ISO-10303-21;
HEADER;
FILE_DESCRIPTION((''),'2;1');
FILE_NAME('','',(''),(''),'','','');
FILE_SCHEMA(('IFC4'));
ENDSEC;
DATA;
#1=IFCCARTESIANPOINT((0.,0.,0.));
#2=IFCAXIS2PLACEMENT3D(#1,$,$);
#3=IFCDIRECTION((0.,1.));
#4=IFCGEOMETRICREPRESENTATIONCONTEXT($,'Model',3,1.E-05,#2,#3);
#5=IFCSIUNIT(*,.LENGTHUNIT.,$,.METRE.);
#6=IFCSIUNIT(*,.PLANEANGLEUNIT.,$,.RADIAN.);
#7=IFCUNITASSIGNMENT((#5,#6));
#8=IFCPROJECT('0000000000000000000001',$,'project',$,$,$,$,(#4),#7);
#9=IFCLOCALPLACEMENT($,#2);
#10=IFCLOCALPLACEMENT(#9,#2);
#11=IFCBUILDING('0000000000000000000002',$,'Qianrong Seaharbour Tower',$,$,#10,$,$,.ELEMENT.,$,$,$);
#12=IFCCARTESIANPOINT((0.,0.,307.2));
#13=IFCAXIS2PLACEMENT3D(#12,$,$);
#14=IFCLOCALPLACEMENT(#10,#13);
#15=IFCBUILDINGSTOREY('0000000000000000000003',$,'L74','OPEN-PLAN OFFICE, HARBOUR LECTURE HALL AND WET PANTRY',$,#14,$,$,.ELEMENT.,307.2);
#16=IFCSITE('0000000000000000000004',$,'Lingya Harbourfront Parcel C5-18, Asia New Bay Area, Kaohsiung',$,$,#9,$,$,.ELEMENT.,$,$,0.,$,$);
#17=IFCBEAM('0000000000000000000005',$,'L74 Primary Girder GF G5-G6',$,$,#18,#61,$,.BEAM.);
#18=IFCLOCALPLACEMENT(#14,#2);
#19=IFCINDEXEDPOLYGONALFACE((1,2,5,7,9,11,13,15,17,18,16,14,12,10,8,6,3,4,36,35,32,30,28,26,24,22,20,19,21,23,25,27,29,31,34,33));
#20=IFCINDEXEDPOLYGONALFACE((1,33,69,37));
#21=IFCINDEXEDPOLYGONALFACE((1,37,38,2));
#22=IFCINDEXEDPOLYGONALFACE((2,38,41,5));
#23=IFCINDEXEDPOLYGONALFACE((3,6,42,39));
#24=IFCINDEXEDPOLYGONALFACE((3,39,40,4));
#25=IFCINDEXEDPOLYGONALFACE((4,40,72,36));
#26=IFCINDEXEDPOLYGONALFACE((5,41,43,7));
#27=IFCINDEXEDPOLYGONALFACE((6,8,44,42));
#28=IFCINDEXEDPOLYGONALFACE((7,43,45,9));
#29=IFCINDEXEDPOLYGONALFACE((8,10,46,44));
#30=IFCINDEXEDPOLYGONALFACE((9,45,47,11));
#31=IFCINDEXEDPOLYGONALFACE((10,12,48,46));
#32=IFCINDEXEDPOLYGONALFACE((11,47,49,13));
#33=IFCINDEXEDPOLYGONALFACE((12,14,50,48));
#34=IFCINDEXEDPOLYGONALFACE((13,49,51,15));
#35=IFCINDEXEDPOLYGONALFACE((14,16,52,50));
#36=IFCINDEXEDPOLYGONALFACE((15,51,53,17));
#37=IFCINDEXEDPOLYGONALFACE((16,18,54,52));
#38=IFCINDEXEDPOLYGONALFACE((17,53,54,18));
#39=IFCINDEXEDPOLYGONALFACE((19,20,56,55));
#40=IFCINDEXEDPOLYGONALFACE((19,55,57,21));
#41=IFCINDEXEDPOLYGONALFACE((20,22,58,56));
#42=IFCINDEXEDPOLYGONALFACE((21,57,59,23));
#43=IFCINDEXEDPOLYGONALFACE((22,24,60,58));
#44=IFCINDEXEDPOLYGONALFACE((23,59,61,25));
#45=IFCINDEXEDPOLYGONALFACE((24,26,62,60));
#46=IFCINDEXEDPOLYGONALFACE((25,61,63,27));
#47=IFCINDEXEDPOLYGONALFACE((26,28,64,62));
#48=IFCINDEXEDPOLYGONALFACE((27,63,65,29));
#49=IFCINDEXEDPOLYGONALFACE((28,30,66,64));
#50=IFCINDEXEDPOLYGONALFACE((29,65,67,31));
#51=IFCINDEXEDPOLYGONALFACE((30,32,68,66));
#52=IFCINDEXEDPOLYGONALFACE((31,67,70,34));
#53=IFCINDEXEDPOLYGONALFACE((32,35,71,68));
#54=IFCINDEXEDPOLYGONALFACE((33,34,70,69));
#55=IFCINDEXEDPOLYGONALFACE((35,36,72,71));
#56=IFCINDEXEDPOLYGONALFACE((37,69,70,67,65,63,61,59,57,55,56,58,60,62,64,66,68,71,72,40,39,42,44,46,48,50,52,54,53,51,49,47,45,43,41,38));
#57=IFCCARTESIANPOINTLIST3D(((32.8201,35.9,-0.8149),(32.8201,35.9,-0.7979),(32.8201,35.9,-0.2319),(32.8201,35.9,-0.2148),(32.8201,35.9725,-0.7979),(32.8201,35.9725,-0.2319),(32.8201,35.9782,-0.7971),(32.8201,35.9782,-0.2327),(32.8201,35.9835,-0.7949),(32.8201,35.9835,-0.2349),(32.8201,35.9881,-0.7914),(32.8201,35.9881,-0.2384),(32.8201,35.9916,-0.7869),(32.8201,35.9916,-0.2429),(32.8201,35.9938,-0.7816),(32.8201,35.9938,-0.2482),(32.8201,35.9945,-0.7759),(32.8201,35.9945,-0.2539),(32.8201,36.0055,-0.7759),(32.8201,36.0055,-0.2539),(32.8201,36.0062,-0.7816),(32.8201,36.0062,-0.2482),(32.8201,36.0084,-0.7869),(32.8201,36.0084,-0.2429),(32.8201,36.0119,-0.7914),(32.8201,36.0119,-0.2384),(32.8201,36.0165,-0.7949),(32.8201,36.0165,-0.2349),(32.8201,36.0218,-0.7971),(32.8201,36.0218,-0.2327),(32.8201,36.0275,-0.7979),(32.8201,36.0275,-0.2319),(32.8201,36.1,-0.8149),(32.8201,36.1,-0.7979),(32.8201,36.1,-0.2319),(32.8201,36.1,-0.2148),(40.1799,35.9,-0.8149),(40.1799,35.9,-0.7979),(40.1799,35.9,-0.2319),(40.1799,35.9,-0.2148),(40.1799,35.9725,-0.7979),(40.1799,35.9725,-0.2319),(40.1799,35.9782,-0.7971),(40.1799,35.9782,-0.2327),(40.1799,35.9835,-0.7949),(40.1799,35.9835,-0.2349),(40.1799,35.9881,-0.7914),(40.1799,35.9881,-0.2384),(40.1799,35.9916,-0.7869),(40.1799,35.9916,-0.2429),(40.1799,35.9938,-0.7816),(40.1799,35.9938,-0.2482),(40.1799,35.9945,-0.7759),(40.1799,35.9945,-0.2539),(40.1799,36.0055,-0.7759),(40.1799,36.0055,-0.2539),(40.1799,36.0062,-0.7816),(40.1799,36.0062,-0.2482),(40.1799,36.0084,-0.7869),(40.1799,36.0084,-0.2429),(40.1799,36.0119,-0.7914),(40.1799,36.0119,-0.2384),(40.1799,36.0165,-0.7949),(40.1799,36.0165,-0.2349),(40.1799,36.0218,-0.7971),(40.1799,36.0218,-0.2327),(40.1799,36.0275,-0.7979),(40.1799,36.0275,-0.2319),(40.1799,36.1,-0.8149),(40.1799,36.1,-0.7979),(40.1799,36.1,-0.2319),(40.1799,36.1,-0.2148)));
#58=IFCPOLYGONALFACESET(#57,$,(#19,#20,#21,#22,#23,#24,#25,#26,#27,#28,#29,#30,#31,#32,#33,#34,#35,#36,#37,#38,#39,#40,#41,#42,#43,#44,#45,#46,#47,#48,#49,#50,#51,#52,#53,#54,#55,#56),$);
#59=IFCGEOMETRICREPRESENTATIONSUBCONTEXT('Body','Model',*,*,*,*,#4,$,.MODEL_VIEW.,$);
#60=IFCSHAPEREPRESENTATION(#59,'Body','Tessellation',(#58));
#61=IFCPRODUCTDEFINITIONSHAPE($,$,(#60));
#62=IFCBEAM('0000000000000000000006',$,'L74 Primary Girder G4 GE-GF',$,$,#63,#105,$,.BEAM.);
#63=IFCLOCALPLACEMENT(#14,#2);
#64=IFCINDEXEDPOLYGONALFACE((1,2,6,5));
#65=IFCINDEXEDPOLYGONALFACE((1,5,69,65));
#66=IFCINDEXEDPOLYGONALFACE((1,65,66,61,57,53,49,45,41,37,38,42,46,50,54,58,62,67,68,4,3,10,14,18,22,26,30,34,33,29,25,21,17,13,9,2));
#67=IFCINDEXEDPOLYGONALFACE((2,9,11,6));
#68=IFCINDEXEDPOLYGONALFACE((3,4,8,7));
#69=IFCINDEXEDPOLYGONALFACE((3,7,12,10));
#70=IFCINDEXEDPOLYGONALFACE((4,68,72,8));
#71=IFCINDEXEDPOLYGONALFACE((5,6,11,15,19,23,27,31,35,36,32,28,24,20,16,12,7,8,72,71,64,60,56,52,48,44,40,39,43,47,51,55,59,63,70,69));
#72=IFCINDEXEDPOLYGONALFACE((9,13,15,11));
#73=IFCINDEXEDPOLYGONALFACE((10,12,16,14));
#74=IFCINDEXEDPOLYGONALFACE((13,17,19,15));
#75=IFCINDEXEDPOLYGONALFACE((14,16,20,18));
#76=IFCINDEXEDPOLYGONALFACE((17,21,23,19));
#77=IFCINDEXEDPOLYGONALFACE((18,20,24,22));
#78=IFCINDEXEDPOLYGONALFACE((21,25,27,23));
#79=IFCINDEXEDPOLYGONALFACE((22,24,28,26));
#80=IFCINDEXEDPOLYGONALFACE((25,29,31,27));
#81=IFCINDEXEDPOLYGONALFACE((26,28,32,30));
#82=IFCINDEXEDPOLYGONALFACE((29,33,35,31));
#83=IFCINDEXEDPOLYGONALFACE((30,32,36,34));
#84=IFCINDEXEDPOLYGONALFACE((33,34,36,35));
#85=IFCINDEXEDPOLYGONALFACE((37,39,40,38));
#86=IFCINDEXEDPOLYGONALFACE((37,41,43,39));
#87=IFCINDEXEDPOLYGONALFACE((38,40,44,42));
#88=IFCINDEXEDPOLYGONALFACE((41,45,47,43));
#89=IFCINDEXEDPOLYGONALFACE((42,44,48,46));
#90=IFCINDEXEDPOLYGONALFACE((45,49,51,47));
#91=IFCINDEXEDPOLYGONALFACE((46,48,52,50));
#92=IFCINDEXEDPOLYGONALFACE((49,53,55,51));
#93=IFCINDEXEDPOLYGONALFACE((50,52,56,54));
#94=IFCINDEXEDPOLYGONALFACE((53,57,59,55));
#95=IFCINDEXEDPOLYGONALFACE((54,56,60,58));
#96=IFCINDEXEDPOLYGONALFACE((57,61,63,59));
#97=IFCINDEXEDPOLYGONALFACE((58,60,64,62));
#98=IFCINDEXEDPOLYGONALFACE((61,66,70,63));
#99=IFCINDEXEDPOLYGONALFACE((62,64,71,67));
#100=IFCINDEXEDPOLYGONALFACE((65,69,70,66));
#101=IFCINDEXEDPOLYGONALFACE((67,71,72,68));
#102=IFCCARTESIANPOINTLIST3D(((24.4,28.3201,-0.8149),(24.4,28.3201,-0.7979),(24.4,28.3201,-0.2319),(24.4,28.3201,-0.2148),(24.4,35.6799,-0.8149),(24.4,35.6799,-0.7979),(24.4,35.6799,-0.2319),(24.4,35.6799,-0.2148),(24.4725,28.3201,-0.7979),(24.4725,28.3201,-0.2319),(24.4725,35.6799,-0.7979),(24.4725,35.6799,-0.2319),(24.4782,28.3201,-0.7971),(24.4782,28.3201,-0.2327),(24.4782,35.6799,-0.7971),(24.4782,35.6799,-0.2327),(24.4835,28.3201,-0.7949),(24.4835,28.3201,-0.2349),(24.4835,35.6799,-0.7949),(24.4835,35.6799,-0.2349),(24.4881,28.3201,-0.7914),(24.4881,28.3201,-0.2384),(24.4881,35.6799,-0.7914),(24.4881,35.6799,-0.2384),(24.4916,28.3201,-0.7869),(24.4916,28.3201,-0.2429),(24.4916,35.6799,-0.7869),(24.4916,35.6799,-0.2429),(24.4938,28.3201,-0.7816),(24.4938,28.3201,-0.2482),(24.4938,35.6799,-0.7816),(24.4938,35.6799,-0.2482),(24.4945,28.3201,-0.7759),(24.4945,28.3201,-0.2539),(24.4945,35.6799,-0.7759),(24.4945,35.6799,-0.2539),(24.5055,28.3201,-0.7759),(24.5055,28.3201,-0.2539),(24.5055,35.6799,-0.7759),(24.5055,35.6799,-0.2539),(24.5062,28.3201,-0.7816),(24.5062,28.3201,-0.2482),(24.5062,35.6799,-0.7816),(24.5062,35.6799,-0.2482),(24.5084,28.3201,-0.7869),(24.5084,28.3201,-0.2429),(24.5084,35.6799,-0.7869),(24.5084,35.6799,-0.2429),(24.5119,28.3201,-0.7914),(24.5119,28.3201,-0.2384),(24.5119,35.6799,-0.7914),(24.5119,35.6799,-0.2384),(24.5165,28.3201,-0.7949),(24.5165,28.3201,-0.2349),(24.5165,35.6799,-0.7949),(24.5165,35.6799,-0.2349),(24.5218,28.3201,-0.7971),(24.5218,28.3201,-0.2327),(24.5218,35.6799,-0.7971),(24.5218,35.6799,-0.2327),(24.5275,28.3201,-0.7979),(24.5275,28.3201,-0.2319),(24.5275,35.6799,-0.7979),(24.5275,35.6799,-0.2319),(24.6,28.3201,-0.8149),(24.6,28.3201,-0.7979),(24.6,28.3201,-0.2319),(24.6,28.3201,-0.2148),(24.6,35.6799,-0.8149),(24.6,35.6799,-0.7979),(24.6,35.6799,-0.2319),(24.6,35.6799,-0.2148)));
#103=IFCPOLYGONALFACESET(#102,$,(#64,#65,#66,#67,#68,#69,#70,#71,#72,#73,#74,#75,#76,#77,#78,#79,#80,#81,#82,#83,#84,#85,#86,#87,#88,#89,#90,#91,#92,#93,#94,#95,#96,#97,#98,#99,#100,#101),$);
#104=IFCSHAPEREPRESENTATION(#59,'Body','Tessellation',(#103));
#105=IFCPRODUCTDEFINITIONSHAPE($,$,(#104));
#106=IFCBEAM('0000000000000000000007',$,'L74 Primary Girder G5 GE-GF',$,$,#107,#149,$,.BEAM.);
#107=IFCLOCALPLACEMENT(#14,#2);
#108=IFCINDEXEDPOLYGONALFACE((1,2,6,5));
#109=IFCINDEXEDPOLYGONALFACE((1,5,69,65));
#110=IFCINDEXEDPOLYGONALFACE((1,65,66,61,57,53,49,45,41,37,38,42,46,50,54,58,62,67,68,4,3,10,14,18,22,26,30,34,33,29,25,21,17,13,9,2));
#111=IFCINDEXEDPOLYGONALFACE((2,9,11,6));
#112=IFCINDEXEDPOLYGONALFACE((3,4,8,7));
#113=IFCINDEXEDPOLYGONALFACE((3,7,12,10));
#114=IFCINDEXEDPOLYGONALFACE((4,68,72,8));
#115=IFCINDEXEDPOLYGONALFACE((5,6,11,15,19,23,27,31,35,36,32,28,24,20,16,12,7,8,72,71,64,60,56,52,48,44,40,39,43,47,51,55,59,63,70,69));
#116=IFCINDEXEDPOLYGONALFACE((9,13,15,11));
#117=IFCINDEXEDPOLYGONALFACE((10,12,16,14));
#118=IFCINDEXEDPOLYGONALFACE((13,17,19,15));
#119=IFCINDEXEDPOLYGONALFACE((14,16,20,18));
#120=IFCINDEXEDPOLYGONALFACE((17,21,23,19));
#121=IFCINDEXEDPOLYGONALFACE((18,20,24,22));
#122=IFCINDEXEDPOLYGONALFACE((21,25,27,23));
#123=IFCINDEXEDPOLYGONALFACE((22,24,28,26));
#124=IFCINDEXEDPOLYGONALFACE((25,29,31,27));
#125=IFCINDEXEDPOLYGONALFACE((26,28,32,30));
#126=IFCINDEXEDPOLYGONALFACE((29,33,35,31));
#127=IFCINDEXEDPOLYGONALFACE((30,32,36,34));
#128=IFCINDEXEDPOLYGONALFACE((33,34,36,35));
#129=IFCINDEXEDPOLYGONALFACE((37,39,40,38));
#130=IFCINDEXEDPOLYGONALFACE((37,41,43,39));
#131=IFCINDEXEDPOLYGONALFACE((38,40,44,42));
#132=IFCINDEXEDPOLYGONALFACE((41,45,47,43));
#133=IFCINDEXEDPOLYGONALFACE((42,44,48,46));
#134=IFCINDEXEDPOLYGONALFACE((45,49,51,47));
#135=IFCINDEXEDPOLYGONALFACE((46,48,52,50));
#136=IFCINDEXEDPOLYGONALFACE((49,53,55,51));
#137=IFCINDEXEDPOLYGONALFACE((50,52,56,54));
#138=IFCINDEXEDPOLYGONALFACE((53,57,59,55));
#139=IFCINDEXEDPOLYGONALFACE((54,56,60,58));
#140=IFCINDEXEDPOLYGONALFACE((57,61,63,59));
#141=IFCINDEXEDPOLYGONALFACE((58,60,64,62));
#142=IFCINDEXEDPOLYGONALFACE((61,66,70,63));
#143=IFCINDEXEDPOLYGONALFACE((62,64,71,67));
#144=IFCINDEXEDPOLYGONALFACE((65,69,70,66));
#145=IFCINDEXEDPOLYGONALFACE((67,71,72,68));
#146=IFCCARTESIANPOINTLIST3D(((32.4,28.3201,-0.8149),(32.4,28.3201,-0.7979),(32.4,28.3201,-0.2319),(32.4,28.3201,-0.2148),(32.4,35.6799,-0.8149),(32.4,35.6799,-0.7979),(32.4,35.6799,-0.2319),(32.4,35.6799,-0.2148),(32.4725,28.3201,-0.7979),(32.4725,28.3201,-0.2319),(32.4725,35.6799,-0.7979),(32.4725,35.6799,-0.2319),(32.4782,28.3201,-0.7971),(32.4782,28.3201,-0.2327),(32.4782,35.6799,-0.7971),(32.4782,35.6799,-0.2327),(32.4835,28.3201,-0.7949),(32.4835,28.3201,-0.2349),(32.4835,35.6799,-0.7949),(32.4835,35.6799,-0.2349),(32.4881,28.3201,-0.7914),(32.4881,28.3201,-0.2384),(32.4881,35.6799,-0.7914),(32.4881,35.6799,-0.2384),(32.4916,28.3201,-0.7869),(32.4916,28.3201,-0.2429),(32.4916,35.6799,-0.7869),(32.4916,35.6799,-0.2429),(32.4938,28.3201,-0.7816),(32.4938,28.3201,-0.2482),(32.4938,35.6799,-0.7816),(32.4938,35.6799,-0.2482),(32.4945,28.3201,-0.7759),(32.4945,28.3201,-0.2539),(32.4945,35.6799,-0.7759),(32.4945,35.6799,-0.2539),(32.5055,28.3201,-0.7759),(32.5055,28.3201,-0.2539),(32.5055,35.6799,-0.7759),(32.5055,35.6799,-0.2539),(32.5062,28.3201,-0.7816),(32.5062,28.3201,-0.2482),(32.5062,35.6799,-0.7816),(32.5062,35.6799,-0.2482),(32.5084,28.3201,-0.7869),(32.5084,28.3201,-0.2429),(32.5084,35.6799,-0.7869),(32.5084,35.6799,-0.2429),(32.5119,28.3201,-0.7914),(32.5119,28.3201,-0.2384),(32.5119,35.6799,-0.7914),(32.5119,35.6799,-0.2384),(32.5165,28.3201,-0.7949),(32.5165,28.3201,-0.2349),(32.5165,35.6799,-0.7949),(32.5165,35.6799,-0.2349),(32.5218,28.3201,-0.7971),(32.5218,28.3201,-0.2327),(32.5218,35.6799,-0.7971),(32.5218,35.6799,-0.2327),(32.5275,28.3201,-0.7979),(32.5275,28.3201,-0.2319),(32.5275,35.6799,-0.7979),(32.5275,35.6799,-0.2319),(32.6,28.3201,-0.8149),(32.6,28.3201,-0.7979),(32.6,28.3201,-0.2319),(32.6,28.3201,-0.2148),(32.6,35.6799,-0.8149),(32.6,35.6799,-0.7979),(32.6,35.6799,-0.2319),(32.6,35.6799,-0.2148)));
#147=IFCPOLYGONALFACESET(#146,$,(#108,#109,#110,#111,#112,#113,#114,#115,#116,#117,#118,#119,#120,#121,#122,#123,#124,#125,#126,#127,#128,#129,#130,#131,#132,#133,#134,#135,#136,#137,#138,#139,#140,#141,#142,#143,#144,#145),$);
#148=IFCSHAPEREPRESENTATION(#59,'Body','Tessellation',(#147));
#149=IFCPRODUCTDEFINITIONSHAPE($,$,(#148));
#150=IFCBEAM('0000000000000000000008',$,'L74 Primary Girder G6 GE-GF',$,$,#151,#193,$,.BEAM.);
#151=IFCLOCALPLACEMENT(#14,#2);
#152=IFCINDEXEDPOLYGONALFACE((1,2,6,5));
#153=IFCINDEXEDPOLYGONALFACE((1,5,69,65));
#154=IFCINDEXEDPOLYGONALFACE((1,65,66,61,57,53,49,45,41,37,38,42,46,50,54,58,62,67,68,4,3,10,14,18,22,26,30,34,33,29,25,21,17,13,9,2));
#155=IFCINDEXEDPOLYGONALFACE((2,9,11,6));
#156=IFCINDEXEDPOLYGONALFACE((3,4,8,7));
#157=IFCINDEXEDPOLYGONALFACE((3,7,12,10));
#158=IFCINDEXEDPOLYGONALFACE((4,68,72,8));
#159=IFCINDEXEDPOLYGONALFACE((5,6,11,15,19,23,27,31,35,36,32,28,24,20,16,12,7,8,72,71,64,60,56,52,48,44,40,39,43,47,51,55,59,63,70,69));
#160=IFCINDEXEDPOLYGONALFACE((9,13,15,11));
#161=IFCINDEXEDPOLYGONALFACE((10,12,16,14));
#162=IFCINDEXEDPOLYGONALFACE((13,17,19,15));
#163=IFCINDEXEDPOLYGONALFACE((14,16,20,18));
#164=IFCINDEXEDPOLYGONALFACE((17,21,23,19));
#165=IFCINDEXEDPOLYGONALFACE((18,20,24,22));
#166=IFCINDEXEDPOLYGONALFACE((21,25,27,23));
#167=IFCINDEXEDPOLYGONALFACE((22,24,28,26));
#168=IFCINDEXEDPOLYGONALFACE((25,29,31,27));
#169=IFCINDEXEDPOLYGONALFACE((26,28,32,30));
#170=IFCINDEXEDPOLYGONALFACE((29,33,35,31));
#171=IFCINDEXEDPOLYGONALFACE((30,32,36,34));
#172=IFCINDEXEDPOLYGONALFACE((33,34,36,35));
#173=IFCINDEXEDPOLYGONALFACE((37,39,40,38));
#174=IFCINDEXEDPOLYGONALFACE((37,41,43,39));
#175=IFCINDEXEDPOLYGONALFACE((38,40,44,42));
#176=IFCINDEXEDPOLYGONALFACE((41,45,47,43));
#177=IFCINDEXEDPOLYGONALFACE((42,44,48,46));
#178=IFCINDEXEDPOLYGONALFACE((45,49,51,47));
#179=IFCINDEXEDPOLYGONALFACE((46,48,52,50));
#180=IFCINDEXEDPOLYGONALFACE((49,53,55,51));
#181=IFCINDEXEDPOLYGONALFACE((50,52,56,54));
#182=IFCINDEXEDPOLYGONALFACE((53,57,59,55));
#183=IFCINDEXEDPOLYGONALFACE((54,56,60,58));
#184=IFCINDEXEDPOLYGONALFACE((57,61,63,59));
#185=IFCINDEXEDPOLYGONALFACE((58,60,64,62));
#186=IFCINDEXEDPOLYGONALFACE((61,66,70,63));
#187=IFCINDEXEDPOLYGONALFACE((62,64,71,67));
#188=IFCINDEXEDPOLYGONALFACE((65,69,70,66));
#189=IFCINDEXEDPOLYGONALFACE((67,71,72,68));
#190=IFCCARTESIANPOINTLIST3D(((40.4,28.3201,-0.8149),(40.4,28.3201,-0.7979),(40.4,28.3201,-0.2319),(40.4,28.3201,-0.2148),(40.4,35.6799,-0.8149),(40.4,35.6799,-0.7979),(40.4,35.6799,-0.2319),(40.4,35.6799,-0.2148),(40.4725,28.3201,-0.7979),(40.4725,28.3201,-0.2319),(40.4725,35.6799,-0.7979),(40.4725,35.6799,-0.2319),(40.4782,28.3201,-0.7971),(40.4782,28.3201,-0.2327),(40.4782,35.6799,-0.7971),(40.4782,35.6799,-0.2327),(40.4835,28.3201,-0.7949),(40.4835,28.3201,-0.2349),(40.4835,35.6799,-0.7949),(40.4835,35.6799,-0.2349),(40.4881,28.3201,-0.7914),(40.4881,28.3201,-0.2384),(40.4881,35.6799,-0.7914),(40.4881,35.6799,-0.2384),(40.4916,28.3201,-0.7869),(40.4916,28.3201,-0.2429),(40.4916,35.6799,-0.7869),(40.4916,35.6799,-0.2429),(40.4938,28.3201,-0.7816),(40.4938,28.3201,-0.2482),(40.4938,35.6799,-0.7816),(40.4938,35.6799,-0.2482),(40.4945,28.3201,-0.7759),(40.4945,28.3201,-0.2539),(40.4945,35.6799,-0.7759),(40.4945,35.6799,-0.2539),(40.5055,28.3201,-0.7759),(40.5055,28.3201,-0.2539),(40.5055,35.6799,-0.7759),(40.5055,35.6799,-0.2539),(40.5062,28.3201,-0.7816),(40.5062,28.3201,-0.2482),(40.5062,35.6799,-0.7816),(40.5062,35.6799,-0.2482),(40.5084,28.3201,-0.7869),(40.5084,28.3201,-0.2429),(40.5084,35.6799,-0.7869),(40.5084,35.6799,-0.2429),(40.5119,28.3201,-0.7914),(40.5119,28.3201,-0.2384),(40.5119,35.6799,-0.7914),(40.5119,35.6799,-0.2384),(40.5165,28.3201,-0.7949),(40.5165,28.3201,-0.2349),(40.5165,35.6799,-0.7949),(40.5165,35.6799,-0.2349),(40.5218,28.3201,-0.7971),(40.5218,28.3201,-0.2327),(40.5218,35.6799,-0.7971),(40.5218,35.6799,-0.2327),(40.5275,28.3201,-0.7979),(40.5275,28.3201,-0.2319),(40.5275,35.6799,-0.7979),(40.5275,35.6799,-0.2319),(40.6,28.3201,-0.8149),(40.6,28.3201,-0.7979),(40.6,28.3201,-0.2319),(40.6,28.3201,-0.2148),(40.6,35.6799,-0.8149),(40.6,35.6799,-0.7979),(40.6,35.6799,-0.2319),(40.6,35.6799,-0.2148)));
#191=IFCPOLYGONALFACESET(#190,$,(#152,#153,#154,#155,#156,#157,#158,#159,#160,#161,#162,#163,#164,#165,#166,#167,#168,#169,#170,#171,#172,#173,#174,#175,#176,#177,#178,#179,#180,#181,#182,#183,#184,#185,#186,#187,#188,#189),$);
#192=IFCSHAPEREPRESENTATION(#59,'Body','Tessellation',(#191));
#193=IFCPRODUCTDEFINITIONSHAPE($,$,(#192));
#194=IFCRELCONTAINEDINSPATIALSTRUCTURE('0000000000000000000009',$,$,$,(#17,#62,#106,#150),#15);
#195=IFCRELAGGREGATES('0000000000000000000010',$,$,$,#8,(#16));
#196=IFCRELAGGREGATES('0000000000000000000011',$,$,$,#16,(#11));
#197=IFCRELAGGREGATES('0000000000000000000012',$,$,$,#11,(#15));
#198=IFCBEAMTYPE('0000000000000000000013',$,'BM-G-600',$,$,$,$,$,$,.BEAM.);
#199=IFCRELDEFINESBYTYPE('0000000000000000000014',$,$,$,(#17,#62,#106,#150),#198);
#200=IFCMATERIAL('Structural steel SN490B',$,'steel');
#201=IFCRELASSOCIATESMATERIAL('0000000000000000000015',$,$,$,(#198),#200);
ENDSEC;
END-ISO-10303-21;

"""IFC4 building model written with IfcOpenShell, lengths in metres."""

from ifc_helpers import new_model, si_unit, direction, frame, origin, origin_2d, place, context, subcontext, project, spatial, i_section, extrude, material, material_profile, profile_set, type_object, element, save


model = new_model("IFC4")

# Units and contexts
model_context = context("Model", 3, precision=1e-05, world=origin(), true_north=direction((0.0, 1.0)))
body_context = subcontext(model_context, "Body", "Model", "MODEL_VIEW")
ifc_project = project(units=[si_unit("LENGTHUNIT", "METRE"), si_unit("PLANEANGLEUNIT", "RADIAN")], contexts=[model_context])

# Site, building, storey
site_placement = place(None, origin())
site = spatial("IfcSite", under=ifc_project, at=site_placement, Name="Lingya Harbourfront Parcel C5-18, Asia New Bay Area, Kaohsiung", CompositionType="ELEMENT", RefElevation=0.0)
building_placement = place(site_placement, origin())
building = spatial("IfcBuilding", under=site, at=building_placement, Name="Qianrong Seaharbour Tower", CompositionType="ELEMENT")
storey_placement = place(building_placement, frame((0.0, 0.0, 307.2)))
storey = spatial("IfcBuildingStorey", under=building, at=storey_placement, Name="L74", Description="OPEN-PLAN OFFICE, HARBOUR LECTURE HALL AND WET PANTRY", CompositionType="ELEMENT", Elevation=307.2)

# Shared definitions
ifc_material_1 = material(Name="Structural steel SN490B", Category="steel")

# Beams
ifc_material_profile_1 = material_profile(ifc_material_1, i_section(OverallWidth=0.2, OverallDepth=0.6001, WebThickness=0.011, FlangeThickness=0.0171, FilletRadius=0.022, at=origin_2d()), Name="H600x200x11x17")
ifc_profile_set_1 = profile_set([ifc_material_profile_1], Name="Structural steel SN490B")
beam_type_1 = type_object("IfcBeamType", Name="BM-G-600", PredefinedType="BEAM", material=ifc_profile_set_1)
for number, where, z_axis, x_axis, name in (
    (1, (32.8201, 36.0, -0.5149), (1.0, 0.0, 0.0), (0.0, 1.0, 0.0), "L74 Primary Girder GF G5-G6"),
    (2, (24.5, 28.3201, -0.5149), (0.0, 1.0, 0.0), (-1.0, 0.0, 0.0), "L74 Primary Girder G4 GE-GF"),
    (3, (32.5, 28.3201, -0.5149), (0.0, 1.0, 0.0), (-1.0, 0.0, 0.0), "L74 Primary Girder G5 GE-GF"),
    (4, (40.5, 28.3201, -0.5149), (0.0, 1.0, 0.0), (-1.0, 0.0, 0.0), "L74 Primary Girder G6 GE-GF"),
):
    element("IfcBeam", number, at=place(storey_placement, frame(where, z_axis=z_axis, x_axis=x_axis)), inside=storey, type_object=beam_type_1, Name=name, PredefinedType="BEAM", context=body_context, shape_type="SweptSolid", body=[
        extrude(i_section(OverallWidth=0.2, OverallDepth=0.6001, WebThickness=0.011, FlangeThickness=0.0171, FilletRadius=0.022, at=origin_2d()), origin(), (0.0, 0.0, 1.0), 7.3599),
    ])

save(model, "model.ifc")
